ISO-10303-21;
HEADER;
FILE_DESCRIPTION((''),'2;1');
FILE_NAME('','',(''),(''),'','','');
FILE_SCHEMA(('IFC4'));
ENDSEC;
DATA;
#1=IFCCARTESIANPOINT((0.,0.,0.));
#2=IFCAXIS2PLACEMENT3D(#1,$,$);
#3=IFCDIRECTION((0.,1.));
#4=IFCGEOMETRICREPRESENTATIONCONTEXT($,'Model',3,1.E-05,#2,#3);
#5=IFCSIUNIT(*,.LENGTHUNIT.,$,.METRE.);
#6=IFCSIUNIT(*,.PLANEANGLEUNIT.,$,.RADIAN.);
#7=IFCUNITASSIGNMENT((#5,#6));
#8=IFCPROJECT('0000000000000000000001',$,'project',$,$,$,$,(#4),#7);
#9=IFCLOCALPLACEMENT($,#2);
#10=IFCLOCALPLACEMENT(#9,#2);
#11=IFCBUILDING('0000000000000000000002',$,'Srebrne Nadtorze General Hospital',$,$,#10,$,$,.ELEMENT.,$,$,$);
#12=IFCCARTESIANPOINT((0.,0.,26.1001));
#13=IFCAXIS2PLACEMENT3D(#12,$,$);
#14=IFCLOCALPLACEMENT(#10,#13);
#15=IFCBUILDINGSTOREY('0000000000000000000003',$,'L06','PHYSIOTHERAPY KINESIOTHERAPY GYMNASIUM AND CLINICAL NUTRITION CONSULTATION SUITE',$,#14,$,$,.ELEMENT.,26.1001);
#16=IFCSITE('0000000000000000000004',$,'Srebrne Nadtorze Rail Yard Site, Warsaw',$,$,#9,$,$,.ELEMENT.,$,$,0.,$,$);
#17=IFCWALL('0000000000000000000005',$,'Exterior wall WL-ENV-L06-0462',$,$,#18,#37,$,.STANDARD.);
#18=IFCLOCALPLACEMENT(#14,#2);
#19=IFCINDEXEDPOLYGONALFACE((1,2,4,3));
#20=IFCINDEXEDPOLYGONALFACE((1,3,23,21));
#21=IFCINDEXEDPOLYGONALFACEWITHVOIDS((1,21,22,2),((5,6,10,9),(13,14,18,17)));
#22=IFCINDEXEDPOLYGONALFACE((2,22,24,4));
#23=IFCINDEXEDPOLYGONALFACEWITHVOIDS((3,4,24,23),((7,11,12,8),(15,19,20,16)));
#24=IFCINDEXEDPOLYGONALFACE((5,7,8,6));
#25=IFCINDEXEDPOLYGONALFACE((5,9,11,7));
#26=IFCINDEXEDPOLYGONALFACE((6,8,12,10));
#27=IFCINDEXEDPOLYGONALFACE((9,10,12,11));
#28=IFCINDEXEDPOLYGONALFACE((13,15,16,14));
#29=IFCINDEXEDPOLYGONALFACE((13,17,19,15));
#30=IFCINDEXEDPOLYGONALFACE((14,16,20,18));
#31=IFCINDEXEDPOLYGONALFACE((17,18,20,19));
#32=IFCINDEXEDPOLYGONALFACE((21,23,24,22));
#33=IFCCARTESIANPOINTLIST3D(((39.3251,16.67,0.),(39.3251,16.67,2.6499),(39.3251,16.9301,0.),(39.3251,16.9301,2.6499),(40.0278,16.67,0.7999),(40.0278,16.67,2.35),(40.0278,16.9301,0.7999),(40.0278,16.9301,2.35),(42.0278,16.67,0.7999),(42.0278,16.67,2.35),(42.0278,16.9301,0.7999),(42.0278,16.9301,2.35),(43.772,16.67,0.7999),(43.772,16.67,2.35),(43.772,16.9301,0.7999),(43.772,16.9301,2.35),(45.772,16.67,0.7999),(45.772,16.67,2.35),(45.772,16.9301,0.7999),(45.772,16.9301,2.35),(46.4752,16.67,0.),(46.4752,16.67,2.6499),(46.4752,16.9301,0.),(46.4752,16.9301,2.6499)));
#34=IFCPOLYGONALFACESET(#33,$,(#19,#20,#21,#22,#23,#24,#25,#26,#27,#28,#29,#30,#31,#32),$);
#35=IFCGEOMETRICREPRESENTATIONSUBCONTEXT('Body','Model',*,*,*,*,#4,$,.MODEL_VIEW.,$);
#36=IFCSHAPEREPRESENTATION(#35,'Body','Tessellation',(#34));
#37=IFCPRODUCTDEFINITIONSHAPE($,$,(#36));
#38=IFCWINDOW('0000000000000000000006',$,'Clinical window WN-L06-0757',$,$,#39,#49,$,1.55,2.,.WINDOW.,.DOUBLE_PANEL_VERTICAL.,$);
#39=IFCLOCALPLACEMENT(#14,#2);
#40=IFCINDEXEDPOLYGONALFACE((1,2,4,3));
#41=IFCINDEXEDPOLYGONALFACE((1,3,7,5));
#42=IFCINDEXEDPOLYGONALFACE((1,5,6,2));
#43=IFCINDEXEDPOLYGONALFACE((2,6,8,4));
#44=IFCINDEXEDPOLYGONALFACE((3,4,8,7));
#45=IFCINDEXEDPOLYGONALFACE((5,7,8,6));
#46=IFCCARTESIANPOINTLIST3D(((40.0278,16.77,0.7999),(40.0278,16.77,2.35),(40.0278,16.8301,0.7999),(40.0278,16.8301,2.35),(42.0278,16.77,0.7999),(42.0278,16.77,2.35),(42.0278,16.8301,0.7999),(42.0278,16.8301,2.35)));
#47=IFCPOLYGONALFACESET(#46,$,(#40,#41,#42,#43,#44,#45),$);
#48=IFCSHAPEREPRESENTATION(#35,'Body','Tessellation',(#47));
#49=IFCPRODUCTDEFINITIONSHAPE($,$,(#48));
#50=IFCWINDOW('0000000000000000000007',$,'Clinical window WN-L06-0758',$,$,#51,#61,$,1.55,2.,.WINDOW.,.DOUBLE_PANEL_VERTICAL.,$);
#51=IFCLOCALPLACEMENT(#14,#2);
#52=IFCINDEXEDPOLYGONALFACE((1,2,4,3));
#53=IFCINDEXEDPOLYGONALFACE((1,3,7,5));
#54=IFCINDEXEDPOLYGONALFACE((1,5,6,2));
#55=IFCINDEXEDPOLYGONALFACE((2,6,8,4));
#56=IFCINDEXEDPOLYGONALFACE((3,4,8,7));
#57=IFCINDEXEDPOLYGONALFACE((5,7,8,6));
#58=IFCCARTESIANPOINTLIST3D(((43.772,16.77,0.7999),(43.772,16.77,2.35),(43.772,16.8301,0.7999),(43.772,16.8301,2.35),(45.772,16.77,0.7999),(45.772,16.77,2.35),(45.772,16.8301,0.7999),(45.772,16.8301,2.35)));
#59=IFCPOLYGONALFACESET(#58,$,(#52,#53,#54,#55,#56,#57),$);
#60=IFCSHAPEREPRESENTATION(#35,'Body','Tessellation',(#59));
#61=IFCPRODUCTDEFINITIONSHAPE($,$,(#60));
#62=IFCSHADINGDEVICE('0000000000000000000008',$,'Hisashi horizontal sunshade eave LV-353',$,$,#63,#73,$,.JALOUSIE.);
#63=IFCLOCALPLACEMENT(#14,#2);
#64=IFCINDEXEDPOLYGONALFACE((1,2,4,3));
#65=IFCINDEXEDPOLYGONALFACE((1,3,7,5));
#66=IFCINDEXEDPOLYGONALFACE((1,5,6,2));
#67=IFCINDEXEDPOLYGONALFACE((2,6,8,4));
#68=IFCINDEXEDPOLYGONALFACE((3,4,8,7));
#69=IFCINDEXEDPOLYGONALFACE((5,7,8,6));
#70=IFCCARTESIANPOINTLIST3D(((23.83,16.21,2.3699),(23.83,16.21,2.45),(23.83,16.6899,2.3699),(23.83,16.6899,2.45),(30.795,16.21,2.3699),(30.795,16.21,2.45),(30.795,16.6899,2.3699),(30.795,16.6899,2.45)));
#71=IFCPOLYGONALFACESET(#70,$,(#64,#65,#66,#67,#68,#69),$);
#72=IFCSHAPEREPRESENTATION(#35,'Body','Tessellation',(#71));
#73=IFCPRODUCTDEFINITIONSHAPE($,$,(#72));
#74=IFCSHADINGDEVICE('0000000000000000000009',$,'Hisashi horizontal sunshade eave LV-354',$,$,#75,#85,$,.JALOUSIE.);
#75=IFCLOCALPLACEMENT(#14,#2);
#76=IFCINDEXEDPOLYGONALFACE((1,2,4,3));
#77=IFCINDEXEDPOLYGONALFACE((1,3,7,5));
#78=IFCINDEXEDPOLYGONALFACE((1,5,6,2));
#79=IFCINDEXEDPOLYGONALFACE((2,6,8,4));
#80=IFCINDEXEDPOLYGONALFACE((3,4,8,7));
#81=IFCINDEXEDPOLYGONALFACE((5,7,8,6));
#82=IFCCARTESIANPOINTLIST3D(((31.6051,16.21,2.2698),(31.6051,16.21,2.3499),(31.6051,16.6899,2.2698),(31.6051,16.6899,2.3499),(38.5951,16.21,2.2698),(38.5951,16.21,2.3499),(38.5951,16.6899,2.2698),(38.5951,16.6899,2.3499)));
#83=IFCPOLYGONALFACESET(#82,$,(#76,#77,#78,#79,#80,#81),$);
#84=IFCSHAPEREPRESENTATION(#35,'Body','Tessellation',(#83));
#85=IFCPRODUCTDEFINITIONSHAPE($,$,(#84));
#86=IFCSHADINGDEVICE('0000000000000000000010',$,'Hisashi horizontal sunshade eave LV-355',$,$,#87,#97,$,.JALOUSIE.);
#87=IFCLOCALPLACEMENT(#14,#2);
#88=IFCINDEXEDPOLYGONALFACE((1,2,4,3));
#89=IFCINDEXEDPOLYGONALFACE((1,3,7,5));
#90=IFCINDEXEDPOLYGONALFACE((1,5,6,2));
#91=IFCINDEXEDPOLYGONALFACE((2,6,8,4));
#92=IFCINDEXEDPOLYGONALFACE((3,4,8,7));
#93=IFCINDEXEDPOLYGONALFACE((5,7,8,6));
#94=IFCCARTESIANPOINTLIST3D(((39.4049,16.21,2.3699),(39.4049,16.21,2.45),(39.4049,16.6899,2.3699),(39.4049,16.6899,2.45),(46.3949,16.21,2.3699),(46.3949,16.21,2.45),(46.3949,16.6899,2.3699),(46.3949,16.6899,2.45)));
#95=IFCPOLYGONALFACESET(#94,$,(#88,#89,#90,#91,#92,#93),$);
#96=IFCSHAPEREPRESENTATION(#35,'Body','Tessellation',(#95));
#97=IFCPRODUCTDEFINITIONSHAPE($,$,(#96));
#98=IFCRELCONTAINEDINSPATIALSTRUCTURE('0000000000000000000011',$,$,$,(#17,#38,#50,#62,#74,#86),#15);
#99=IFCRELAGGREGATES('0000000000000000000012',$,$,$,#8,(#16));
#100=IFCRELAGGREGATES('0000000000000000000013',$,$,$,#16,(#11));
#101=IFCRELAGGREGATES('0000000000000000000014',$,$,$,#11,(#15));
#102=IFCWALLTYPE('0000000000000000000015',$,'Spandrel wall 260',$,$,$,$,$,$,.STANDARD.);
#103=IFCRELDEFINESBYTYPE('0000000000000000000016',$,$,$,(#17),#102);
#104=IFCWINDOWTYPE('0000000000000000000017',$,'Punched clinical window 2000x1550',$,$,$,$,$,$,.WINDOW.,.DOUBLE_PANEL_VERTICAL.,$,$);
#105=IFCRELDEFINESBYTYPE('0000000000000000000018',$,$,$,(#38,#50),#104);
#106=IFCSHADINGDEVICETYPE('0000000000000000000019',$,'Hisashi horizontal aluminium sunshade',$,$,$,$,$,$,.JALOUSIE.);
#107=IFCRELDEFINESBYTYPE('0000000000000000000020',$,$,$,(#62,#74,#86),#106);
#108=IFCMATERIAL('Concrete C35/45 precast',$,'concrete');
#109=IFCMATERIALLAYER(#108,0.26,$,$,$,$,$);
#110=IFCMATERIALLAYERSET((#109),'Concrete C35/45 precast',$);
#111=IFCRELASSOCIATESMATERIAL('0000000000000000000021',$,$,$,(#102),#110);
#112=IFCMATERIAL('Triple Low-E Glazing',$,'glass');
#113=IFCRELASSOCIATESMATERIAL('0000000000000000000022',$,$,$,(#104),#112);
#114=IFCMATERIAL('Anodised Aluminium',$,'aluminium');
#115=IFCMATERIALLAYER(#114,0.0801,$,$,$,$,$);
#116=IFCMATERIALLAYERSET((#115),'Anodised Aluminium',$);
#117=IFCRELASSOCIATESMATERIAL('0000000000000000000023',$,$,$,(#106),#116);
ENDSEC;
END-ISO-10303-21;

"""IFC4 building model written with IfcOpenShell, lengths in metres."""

from ifc_helpers import new_model, si_unit, direction, frame, frame_2d, origin, origin_2d, place, context, subcontext, project, spatial, rectangle, extrude, material, layer, layer_set, type_object, element, fill, save


model = new_model("IFC4")

# Units and contexts
model_context = context("Model", 3, precision=1e-05, world=origin(), true_north=direction((0.0, 1.0)))
body_context = subcontext(model_context, "Body", "Model", "MODEL_VIEW")
ifc_project = project(units=[si_unit("LENGTHUNIT", "METRE"), si_unit("PLANEANGLEUNIT", "RADIAN")], contexts=[model_context])

# Site, building, storey
site_placement = place(None, origin())
site = spatial("IfcSite", under=ifc_project, at=site_placement, Name="Srebrne Nadtorze Rail Yard Site, Warsaw", CompositionType="ELEMENT", RefElevation=0.0)
building_placement = place(site_placement, origin())
building = spatial("IfcBuilding", under=site, at=building_placement, Name="Srebrne Nadtorze General Hospital", CompositionType="ELEMENT")
storey_placement = place(building_placement, frame((0.0, 0.0, 26.1001)))
storey = spatial("IfcBuildingStorey", under=building, at=storey_placement, Name="L06", Description="PHYSIOTHERAPY KINESIOTHERAPY GYMNASIUM AND CLINICAL NUTRITION CONSULTATION SUITE", CompositionType="ELEMENT", Elevation=26.1001)

# Wall, openings, windows
ifc_material_1 = material(Name="Concrete C35/45 precast", Category="concrete")
ifc_layer_1 = layer(ifc_material_1, 0.26)
ifc_layer_set_1 = layer_set([ifc_layer_1], Name="Concrete C35/45 precast")
wall_type_1 = type_object("IfcWallType", Name="Spandrel wall 260", PredefinedType="STANDARD", material=ifc_layer_set_1)
wall_1_placement = place(storey_placement, frame((39.325, 16.8, 0.0), z_axis=(0.0, 0.0, 1.0), x_axis=(1.0, 0.0, 0.0)))
wall_1 = element("IfcWall", 1, at=wall_1_placement, inside=storey, type_object=wall_type_1, Name="Exterior wall WL-ENV-L06-0462", PredefinedType="STANDARD", context=body_context, shape_type="SweptSolid", body=[
    extrude(rectangle(XDim=7.1501, YDim=0.26, at=frame_2d((3.5752, 0.0))), origin(), (0.0, 0.0, 1.0), 2.6499),
])
opening_1_placement = place(wall_1_placement, frame((0.7029, 0.0, 0.8)))
opening_1 = element("IfcOpeningElement", 2, at=opening_1_placement, cuts=wall_1, PredefinedType="OPENING", context=body_context, shape_type="SweptSolid", body=[
    extrude(rectangle(XDim=2.0, YDim=1.55, at=frame_2d((1.0, 0.7749))), frame((0.0, 0.1421, 0.0), z_axis=(0.0, -1.0, 0.0), x_axis=(1.0, 0.0, 0.0)), (0.0, 0.0, 1.0), 0.2839),
])
opening_2_placement = place(wall_1_placement, frame((4.447, 0.0, 0.8)))
opening_2 = element("IfcOpeningElement", 3, at=opening_2_placement, cuts=wall_1, PredefinedType="OPENING", context=body_context, shape_type="SweptSolid", body=[
    extrude(rectangle(XDim=2.0, YDim=1.55, at=frame_2d((1.0, 0.7749))), frame((0.0, 0.1421, 0.0), z_axis=(0.0, -1.0, 0.0), x_axis=(1.0, 0.0, 0.0)), (0.0, 0.0, 1.0), 0.2839),
])
ifc_material_2 = material(Name="Triple Low-E Glazing", Category="glass")
window_type_1 = type_object("IfcWindowType", Name="Punched clinical window 2000x1550", PartitioningType="DOUBLE_PANEL_VERTICAL", PredefinedType="WINDOW", material=ifc_material_2)
window_1_placement = place(opening_1_placement, origin())
window_1 = element("IfcWindow", 4, at=window_1_placement, inside=storey, type_object=window_type_1, Name="Clinical window WN-L06-0757", OverallHeight=1.55, OverallWidth=2.0, PartitioningType="DOUBLE_PANEL_VERTICAL", PredefinedType="WINDOW", context=body_context, shape_type="SweptSolid", body=[
    extrude(rectangle(XDim=2.0, YDim=1.55, at=frame_2d((1.0, 0.7749))), frame((0.0, 0.03, 0.0), z_axis=(0.0, -1.0, 0.0), x_axis=(1.0, 0.0, 0.0)), (0.0, 0.0, 1.0), 0.0601),
])
fill(opening_1, window_1)
window_2_placement = place(opening_2_placement, origin())
window_2 = element("IfcWindow", 5, at=window_2_placement, inside=storey, type_object=window_type_1, Name="Clinical window WN-L06-0758", OverallHeight=1.55, OverallWidth=2.0, PartitioningType="DOUBLE_PANEL_VERTICAL", PredefinedType="WINDOW", context=body_context, shape_type="SweptSolid", body=[
    extrude(rectangle(XDim=2.0, YDim=1.55, at=frame_2d((1.0, 0.7749))), frame((0.0, 0.03, 0.0), z_axis=(0.0, -1.0, 0.0), x_axis=(1.0, 0.0, 0.0)), (0.0, 0.0, 1.0), 0.0601),
])
fill(opening_2, window_2)

# Shading devices
ifc_material_3 = material(Name="Anodised Aluminium", Category="aluminium")
ifc_layer_2 = layer(ifc_material_3, 0.0801)
ifc_layer_set_2 = layer_set([ifc_layer_2], Name="Anodised Aluminium")
shading_device_type = type_object("IfcShadingDeviceType", Name="Hisashi horizontal aluminium sunshade", PredefinedType="JALOUSIE", material=ifc_layer_set_2)
shading_device_placement = place(storey_placement, frame((27.3125, 16.45, 2.3699), z_axis=(0.0, 0.0, 1.0), x_axis=(1.0, 0.0, 0.0)))
element("IfcShadingDevice", 6, at=shading_device_placement, inside=storey, type_object=shading_device_type, Name="Hisashi horizontal sunshade eave LV-353", PredefinedType="JALOUSIE", context=body_context, shape_type="SweptSolid", body=[
    extrude(rectangle(XDim=6.9651, YDim=0.48, at=origin_2d()), origin(), (0.0, 0.0, 1.0), 0.0801),
])
for number, where, z_axis, x_axis, name in (
    (7, (35.1001, 16.45, 2.2698), (0.0, 0.0, 1.0), (1.0, 0.0, 0.0), "Hisashi horizontal sunshade eave LV-354"),
    (8, (42.8999, 16.45, 2.3699), (0.0, 0.0, 1.0), (1.0, 0.0, 0.0), "Hisashi horizontal sunshade eave LV-355"),
):
    element("IfcShadingDevice", number, at=place(storey_placement, frame(where, z_axis=z_axis, x_axis=x_axis)), inside=storey, type_object=shading_device_type, Name=name, PredefinedType="JALOUSIE", context=body_context, shape_type="SweptSolid", body=[
        extrude(rectangle(XDim=6.99, YDim=0.48, at=origin_2d()), origin(), (0.0, 0.0, 1.0), 0.0801),
    ])

save(model, "model.ifc")
